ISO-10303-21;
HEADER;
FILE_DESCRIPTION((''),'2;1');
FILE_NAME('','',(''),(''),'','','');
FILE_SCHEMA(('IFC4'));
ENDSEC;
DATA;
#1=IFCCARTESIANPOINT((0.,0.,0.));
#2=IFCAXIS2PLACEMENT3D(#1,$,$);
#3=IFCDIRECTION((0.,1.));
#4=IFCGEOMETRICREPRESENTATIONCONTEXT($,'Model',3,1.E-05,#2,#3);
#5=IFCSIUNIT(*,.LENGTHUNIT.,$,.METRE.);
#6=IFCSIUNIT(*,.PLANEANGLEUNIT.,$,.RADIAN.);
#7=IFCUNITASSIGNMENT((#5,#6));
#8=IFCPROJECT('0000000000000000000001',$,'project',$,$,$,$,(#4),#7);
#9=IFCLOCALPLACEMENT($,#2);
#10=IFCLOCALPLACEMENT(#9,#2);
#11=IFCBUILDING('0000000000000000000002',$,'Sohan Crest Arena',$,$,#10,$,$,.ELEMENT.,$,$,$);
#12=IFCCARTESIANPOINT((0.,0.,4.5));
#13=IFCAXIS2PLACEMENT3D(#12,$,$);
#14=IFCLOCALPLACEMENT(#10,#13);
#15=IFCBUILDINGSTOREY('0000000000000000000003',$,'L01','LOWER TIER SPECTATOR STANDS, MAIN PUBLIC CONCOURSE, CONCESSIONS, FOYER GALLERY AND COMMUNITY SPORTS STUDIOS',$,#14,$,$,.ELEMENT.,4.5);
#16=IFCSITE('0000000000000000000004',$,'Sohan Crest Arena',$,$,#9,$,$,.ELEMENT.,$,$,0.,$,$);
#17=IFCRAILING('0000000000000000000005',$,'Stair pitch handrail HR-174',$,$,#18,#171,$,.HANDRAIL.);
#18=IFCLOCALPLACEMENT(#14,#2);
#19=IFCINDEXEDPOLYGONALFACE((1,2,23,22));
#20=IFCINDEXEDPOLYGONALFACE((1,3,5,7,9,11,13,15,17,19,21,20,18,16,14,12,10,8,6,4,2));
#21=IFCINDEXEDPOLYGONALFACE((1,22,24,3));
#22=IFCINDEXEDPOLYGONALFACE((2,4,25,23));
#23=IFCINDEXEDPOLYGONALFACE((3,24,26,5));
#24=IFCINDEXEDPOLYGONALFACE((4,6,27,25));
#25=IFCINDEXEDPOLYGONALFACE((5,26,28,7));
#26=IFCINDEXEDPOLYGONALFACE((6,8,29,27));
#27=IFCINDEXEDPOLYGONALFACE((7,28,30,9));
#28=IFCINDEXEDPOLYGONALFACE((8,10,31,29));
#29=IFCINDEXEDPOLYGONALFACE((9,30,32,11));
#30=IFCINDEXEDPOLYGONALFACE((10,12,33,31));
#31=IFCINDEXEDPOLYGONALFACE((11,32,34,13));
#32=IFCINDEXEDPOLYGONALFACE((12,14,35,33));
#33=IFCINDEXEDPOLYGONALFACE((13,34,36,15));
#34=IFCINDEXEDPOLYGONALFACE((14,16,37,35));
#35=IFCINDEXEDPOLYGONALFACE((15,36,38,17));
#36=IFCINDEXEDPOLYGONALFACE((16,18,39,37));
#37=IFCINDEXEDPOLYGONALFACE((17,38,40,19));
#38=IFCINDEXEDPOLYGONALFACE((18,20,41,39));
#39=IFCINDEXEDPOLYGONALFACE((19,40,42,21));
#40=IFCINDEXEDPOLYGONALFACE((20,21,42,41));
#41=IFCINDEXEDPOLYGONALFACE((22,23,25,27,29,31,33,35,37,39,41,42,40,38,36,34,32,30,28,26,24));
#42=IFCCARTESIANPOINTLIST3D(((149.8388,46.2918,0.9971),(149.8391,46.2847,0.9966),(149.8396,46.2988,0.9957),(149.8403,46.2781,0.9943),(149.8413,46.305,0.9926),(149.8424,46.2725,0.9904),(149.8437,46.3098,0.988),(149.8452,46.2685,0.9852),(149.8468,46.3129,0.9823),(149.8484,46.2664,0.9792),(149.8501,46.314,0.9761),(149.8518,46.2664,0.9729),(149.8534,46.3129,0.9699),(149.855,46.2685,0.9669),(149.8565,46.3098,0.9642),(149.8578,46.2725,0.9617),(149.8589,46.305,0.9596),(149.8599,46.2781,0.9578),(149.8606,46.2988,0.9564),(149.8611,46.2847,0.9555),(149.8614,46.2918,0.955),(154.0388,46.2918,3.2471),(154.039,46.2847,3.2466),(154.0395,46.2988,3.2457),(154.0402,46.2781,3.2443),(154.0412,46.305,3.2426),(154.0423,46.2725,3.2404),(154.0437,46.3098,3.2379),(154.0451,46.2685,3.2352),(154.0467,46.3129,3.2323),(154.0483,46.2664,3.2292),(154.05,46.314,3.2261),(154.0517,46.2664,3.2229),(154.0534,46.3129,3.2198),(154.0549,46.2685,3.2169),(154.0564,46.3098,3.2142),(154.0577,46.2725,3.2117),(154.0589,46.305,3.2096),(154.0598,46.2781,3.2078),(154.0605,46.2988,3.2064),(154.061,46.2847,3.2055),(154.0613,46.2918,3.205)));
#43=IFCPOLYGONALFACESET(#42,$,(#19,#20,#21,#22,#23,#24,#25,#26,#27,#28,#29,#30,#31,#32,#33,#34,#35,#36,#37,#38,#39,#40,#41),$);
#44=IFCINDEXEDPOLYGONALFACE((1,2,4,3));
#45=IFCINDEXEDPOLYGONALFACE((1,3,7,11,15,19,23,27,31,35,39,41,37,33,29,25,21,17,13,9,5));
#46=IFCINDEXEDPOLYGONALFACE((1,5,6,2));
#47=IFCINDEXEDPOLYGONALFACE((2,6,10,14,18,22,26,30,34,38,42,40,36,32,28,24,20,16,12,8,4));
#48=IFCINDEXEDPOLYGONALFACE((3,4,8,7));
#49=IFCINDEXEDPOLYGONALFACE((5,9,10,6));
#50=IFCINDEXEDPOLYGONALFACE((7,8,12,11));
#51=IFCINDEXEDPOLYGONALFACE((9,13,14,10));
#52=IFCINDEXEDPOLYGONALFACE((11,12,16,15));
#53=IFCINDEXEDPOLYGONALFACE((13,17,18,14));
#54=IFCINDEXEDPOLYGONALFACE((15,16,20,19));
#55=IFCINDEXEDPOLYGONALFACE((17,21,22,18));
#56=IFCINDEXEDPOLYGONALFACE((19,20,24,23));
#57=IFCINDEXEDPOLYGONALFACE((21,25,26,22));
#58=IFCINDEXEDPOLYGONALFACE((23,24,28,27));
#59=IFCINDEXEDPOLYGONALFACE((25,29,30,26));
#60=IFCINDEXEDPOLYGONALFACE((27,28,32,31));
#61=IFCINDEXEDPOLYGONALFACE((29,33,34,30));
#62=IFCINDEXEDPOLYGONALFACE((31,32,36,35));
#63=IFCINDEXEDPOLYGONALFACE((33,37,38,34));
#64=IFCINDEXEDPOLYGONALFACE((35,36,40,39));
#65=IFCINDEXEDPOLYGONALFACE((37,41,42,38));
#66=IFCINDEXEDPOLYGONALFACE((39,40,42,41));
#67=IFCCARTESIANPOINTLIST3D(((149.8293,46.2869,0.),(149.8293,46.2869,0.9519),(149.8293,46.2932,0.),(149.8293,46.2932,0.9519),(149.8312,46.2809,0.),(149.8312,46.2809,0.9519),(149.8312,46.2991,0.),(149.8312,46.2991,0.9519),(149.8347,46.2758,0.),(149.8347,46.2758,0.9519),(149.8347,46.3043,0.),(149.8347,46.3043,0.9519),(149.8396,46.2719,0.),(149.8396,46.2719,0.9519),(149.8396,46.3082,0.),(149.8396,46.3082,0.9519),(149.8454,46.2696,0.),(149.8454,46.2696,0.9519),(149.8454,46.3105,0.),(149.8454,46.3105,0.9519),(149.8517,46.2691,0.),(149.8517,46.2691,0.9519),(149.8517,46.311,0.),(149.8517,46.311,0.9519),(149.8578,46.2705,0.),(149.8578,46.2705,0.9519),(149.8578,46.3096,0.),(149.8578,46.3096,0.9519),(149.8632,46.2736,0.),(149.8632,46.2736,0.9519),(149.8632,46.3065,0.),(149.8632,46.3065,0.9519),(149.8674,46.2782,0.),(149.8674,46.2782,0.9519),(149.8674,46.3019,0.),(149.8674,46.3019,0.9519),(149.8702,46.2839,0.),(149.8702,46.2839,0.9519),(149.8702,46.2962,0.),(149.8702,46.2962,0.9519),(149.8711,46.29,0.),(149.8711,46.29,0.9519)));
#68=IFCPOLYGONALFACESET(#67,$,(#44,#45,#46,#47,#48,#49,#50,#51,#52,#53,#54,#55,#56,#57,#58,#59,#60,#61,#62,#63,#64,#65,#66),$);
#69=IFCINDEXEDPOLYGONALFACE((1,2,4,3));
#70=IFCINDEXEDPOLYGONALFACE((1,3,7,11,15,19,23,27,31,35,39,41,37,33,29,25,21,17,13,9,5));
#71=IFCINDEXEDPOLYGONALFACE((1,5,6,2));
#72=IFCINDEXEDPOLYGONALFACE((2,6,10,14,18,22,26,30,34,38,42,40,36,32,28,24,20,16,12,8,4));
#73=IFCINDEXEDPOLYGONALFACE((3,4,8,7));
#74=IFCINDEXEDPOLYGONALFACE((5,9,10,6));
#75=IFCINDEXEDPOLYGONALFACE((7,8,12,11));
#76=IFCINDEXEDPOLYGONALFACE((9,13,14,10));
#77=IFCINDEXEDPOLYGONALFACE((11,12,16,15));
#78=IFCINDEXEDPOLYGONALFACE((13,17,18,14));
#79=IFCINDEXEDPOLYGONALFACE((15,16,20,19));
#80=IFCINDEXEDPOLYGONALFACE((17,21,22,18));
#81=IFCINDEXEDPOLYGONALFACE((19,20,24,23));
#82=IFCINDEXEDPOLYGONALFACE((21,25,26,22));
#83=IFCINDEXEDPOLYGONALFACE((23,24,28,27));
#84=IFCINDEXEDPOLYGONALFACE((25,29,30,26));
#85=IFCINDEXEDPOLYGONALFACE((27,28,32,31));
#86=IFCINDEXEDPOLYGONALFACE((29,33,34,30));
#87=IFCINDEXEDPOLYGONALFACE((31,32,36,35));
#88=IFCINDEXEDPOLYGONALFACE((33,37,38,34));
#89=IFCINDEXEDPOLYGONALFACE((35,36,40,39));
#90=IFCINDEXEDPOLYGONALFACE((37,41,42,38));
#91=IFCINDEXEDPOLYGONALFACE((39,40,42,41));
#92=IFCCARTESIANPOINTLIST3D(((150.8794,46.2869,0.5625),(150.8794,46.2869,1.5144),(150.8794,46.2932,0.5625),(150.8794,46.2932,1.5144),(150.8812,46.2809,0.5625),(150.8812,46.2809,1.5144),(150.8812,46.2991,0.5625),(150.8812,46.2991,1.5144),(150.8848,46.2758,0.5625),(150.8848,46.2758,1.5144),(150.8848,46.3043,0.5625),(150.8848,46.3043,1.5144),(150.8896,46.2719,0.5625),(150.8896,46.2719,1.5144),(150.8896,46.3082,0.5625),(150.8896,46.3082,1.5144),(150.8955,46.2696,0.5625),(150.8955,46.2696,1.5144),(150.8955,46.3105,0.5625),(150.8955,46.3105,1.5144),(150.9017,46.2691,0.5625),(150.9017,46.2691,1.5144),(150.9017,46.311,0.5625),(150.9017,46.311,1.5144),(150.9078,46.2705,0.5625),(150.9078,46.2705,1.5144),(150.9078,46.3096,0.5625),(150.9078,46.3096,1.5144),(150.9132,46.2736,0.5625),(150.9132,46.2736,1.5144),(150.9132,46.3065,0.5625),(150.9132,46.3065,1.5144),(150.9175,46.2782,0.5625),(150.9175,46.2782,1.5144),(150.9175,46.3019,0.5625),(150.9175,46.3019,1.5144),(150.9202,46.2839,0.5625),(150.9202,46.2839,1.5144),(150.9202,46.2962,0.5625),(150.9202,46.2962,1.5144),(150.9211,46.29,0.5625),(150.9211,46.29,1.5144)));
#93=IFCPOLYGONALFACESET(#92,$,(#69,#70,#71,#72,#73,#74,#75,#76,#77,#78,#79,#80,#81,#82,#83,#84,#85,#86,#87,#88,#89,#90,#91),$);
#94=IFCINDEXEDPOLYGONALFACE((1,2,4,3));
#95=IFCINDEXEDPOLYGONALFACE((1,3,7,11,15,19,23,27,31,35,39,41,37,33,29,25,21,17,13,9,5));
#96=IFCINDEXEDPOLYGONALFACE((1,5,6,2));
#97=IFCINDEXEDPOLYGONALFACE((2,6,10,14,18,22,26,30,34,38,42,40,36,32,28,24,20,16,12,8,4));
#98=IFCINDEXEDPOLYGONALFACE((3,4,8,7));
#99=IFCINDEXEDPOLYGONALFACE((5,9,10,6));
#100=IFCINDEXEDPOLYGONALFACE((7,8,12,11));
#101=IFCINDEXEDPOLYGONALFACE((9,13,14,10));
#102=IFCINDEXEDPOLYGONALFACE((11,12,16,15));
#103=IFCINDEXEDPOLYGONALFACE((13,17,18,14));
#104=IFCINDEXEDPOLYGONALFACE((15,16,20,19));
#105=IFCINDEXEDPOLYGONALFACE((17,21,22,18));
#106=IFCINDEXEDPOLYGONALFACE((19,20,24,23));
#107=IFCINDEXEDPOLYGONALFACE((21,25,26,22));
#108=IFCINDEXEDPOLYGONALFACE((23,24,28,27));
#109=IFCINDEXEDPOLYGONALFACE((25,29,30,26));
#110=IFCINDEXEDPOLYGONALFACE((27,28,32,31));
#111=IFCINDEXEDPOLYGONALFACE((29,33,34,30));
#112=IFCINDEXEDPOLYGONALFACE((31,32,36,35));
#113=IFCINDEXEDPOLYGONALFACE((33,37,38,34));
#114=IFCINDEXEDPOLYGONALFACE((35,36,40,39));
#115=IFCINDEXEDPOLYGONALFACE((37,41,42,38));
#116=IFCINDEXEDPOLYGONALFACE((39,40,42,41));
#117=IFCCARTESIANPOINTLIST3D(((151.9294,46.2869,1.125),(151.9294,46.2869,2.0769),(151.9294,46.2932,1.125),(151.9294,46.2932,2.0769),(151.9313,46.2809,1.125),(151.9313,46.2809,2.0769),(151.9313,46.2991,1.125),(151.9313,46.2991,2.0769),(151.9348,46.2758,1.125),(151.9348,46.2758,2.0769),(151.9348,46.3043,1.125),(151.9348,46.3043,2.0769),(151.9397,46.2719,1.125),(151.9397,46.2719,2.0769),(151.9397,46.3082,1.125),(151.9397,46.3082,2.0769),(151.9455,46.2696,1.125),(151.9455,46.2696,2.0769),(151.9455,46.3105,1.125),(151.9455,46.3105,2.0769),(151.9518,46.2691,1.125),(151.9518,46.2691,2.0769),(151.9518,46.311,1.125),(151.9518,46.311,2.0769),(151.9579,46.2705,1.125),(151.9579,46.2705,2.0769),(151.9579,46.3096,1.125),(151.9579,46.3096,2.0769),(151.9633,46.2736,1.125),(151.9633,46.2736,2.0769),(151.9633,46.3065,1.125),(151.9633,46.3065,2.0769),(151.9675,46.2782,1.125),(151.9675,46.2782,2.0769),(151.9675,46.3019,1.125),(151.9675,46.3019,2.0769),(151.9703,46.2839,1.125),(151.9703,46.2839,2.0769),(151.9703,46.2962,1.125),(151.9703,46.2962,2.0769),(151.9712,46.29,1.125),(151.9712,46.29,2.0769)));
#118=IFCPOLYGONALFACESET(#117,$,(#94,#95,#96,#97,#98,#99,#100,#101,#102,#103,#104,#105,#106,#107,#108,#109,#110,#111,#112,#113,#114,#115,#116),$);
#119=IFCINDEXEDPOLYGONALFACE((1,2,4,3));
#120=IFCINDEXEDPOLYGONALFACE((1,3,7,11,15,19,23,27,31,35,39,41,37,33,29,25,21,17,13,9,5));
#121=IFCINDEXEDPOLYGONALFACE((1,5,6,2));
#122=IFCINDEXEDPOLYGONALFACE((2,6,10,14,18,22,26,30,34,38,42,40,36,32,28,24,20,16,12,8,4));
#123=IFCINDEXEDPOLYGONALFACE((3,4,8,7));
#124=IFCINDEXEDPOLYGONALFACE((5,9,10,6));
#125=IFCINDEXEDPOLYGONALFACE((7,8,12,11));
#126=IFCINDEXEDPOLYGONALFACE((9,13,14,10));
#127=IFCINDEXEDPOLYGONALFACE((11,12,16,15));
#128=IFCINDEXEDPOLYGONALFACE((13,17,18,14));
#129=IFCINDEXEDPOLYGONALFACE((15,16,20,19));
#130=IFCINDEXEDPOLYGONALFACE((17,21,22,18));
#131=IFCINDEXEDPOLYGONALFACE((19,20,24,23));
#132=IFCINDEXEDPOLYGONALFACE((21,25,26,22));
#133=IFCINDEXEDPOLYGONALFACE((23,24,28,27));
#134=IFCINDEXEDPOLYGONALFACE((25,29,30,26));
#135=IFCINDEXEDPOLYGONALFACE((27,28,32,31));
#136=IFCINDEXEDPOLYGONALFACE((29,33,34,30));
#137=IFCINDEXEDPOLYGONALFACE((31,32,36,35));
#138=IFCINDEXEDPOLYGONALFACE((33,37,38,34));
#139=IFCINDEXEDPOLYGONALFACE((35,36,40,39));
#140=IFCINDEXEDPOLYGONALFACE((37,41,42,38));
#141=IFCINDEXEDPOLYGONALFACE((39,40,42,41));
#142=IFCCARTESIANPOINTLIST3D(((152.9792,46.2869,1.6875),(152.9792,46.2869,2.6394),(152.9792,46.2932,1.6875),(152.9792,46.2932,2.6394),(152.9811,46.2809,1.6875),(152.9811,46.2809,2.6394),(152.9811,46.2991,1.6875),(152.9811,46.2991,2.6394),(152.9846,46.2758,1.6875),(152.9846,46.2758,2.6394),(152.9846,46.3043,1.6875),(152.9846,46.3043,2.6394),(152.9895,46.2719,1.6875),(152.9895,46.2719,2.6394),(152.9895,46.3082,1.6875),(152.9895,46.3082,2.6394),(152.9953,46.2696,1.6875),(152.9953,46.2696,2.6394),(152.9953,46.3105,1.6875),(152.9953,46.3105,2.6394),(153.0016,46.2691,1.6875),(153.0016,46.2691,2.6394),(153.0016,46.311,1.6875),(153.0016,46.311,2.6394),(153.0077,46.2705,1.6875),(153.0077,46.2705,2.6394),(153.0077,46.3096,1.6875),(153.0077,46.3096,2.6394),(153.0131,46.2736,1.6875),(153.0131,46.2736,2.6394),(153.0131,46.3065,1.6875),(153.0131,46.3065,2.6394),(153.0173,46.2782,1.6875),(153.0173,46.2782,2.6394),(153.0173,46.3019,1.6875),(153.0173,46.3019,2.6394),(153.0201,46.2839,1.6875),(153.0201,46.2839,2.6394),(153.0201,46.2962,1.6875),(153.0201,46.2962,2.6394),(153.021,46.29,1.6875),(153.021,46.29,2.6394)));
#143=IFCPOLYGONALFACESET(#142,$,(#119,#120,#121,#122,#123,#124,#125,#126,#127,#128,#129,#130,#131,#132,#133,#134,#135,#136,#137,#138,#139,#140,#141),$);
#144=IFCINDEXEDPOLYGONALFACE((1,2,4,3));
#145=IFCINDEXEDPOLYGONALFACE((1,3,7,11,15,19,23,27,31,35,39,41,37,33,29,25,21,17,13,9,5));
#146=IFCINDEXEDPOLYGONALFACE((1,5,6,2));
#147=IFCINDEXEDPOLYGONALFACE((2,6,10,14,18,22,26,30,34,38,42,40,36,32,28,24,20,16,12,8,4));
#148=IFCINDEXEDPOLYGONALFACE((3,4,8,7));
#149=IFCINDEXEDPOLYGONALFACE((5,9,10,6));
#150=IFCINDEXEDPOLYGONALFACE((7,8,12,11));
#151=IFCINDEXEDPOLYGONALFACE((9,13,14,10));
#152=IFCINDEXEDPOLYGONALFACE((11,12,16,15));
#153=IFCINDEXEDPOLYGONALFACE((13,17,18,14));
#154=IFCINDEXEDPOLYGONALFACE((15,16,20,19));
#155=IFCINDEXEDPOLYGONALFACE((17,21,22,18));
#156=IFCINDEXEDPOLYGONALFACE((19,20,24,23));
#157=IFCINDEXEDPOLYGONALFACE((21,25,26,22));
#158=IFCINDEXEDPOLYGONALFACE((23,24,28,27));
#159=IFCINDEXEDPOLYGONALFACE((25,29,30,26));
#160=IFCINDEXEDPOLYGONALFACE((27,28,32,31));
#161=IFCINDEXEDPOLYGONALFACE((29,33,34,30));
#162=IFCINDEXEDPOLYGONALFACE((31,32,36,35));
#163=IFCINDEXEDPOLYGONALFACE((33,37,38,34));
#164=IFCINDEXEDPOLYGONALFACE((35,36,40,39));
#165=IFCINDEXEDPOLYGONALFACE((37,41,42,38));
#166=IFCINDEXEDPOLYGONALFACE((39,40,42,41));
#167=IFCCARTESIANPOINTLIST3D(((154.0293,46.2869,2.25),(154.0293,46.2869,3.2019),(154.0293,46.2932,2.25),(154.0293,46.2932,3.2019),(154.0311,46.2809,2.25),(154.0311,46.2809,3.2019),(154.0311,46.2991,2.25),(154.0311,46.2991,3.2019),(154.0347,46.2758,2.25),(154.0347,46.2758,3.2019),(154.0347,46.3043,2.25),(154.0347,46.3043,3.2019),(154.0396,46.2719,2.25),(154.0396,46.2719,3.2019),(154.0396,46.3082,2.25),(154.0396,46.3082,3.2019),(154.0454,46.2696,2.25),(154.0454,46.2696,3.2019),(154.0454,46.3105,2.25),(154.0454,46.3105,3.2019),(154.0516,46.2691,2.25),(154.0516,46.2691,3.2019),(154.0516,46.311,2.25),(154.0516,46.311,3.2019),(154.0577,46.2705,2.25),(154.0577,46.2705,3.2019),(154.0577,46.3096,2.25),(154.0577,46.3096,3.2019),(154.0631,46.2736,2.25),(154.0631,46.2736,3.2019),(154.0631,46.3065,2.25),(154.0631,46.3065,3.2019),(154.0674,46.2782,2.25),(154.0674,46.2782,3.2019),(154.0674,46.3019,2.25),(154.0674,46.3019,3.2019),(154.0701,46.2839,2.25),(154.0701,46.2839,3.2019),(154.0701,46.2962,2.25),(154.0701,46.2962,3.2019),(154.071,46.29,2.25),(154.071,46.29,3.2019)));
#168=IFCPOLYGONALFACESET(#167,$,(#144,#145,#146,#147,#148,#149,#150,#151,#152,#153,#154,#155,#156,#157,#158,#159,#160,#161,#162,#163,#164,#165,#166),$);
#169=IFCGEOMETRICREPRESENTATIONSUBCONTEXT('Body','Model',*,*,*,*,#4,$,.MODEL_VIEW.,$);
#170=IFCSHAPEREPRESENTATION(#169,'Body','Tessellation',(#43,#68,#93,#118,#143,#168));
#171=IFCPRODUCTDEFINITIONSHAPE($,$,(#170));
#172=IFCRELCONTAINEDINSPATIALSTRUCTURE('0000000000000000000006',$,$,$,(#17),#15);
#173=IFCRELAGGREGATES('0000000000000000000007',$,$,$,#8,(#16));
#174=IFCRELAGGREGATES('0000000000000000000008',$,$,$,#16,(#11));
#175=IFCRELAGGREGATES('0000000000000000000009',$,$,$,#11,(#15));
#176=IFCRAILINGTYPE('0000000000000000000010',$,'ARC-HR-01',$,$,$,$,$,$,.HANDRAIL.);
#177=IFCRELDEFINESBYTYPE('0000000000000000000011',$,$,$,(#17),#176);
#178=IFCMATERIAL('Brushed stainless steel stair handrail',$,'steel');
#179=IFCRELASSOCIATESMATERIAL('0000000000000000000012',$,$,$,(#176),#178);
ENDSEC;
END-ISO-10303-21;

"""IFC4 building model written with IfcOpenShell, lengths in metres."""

from ifc_helpers import new_model, si_unit, direction, frame, origin, origin_2d, place, context, subcontext, project, spatial, circle, extrude, material, type_object, element, save


model = new_model("IFC4")

# Units and contexts
model_context = context("Model", 3, precision=1e-05, world=origin(), true_north=direction((0.0, 1.0)))
body_context = subcontext(model_context, "Body", "Model", "MODEL_VIEW")
ifc_project = project(units=[si_unit("LENGTHUNIT", "METRE"), si_unit("PLANEANGLEUNIT", "RADIAN")], contexts=[model_context])

# Site, building, storey
site_placement = place(None, origin())
site = spatial("IfcSite", under=ifc_project, at=site_placement, Name="Sohan Crest Arena", CompositionType="ELEMENT", RefElevation=0.0)
building_placement = place(site_placement, origin())
building = spatial("IfcBuilding", under=site, at=building_placement, Name="Sohan Crest Arena", CompositionType="ELEMENT")
storey_placement = place(building_placement, frame((0.0, 0.0, 4.5)))
storey = spatial("IfcBuildingStorey", under=building, at=storey_placement, Name="L01", Description="LOWER TIER SPECTATOR STANDS, MAIN PUBLIC CONCOURSE, CONCESSIONS, FOYER GALLERY AND COMMUNITY SPORTS STUDIOS", CompositionType="ELEMENT", Elevation=4.5)

# Railing
ifc_material_1 = material(Name="Brushed stainless steel stair handrail", Category="steel")
railing_type_1 = type_object("IfcRailingType", Name="ARC-HR-01", PredefinedType="HANDRAIL", material=ifc_material_1)
for number, where, name in (
    (1, (149.8501, 46.29, 0.0), "Stair pitch handrail HR-174"),
):
    element("IfcRailing", number, at=place(storey_placement, frame(where)), inside=storey, type_object=railing_type_1, Name=name, PredefinedType="HANDRAIL", context=body_context, shape_type="SweptSolid", body=[
        extrude(circle(Radius=0.0239, at=origin_2d()), frame((0.0, 0.0, 0.9761), z_axis=(0.881478, 0.0, 0.472226), x_axis=(0.0, 1.0, 0.0)), (0.0, 0.0, 1.0), 4.7646),
        extrude(circle(Radius=0.021, at=origin_2d()), origin(), (0.0, 0.0, 1.0), 0.9519),
        extrude(circle(Radius=0.021, at=origin_2d()), frame((1.05, 0.0, 0.5625)), (0.0, 0.0, 1.0), 0.9519),
        extrude(circle(Radius=0.021, at=origin_2d()), frame((2.1001, 0.0, 1.125)), (0.0, 0.0, 1.0), 0.9519),
        extrude(circle(Radius=0.021, at=origin_2d()), frame((3.1499, 0.0, 1.6875)), (0.0, 0.0, 1.0), 0.9519),
        extrude(circle(Radius=0.021, at=origin_2d()), frame((4.2, 0.0, 2.25)), (0.0, 0.0, 1.0), 0.9519),
    ])

save(model, "model.ifc")
